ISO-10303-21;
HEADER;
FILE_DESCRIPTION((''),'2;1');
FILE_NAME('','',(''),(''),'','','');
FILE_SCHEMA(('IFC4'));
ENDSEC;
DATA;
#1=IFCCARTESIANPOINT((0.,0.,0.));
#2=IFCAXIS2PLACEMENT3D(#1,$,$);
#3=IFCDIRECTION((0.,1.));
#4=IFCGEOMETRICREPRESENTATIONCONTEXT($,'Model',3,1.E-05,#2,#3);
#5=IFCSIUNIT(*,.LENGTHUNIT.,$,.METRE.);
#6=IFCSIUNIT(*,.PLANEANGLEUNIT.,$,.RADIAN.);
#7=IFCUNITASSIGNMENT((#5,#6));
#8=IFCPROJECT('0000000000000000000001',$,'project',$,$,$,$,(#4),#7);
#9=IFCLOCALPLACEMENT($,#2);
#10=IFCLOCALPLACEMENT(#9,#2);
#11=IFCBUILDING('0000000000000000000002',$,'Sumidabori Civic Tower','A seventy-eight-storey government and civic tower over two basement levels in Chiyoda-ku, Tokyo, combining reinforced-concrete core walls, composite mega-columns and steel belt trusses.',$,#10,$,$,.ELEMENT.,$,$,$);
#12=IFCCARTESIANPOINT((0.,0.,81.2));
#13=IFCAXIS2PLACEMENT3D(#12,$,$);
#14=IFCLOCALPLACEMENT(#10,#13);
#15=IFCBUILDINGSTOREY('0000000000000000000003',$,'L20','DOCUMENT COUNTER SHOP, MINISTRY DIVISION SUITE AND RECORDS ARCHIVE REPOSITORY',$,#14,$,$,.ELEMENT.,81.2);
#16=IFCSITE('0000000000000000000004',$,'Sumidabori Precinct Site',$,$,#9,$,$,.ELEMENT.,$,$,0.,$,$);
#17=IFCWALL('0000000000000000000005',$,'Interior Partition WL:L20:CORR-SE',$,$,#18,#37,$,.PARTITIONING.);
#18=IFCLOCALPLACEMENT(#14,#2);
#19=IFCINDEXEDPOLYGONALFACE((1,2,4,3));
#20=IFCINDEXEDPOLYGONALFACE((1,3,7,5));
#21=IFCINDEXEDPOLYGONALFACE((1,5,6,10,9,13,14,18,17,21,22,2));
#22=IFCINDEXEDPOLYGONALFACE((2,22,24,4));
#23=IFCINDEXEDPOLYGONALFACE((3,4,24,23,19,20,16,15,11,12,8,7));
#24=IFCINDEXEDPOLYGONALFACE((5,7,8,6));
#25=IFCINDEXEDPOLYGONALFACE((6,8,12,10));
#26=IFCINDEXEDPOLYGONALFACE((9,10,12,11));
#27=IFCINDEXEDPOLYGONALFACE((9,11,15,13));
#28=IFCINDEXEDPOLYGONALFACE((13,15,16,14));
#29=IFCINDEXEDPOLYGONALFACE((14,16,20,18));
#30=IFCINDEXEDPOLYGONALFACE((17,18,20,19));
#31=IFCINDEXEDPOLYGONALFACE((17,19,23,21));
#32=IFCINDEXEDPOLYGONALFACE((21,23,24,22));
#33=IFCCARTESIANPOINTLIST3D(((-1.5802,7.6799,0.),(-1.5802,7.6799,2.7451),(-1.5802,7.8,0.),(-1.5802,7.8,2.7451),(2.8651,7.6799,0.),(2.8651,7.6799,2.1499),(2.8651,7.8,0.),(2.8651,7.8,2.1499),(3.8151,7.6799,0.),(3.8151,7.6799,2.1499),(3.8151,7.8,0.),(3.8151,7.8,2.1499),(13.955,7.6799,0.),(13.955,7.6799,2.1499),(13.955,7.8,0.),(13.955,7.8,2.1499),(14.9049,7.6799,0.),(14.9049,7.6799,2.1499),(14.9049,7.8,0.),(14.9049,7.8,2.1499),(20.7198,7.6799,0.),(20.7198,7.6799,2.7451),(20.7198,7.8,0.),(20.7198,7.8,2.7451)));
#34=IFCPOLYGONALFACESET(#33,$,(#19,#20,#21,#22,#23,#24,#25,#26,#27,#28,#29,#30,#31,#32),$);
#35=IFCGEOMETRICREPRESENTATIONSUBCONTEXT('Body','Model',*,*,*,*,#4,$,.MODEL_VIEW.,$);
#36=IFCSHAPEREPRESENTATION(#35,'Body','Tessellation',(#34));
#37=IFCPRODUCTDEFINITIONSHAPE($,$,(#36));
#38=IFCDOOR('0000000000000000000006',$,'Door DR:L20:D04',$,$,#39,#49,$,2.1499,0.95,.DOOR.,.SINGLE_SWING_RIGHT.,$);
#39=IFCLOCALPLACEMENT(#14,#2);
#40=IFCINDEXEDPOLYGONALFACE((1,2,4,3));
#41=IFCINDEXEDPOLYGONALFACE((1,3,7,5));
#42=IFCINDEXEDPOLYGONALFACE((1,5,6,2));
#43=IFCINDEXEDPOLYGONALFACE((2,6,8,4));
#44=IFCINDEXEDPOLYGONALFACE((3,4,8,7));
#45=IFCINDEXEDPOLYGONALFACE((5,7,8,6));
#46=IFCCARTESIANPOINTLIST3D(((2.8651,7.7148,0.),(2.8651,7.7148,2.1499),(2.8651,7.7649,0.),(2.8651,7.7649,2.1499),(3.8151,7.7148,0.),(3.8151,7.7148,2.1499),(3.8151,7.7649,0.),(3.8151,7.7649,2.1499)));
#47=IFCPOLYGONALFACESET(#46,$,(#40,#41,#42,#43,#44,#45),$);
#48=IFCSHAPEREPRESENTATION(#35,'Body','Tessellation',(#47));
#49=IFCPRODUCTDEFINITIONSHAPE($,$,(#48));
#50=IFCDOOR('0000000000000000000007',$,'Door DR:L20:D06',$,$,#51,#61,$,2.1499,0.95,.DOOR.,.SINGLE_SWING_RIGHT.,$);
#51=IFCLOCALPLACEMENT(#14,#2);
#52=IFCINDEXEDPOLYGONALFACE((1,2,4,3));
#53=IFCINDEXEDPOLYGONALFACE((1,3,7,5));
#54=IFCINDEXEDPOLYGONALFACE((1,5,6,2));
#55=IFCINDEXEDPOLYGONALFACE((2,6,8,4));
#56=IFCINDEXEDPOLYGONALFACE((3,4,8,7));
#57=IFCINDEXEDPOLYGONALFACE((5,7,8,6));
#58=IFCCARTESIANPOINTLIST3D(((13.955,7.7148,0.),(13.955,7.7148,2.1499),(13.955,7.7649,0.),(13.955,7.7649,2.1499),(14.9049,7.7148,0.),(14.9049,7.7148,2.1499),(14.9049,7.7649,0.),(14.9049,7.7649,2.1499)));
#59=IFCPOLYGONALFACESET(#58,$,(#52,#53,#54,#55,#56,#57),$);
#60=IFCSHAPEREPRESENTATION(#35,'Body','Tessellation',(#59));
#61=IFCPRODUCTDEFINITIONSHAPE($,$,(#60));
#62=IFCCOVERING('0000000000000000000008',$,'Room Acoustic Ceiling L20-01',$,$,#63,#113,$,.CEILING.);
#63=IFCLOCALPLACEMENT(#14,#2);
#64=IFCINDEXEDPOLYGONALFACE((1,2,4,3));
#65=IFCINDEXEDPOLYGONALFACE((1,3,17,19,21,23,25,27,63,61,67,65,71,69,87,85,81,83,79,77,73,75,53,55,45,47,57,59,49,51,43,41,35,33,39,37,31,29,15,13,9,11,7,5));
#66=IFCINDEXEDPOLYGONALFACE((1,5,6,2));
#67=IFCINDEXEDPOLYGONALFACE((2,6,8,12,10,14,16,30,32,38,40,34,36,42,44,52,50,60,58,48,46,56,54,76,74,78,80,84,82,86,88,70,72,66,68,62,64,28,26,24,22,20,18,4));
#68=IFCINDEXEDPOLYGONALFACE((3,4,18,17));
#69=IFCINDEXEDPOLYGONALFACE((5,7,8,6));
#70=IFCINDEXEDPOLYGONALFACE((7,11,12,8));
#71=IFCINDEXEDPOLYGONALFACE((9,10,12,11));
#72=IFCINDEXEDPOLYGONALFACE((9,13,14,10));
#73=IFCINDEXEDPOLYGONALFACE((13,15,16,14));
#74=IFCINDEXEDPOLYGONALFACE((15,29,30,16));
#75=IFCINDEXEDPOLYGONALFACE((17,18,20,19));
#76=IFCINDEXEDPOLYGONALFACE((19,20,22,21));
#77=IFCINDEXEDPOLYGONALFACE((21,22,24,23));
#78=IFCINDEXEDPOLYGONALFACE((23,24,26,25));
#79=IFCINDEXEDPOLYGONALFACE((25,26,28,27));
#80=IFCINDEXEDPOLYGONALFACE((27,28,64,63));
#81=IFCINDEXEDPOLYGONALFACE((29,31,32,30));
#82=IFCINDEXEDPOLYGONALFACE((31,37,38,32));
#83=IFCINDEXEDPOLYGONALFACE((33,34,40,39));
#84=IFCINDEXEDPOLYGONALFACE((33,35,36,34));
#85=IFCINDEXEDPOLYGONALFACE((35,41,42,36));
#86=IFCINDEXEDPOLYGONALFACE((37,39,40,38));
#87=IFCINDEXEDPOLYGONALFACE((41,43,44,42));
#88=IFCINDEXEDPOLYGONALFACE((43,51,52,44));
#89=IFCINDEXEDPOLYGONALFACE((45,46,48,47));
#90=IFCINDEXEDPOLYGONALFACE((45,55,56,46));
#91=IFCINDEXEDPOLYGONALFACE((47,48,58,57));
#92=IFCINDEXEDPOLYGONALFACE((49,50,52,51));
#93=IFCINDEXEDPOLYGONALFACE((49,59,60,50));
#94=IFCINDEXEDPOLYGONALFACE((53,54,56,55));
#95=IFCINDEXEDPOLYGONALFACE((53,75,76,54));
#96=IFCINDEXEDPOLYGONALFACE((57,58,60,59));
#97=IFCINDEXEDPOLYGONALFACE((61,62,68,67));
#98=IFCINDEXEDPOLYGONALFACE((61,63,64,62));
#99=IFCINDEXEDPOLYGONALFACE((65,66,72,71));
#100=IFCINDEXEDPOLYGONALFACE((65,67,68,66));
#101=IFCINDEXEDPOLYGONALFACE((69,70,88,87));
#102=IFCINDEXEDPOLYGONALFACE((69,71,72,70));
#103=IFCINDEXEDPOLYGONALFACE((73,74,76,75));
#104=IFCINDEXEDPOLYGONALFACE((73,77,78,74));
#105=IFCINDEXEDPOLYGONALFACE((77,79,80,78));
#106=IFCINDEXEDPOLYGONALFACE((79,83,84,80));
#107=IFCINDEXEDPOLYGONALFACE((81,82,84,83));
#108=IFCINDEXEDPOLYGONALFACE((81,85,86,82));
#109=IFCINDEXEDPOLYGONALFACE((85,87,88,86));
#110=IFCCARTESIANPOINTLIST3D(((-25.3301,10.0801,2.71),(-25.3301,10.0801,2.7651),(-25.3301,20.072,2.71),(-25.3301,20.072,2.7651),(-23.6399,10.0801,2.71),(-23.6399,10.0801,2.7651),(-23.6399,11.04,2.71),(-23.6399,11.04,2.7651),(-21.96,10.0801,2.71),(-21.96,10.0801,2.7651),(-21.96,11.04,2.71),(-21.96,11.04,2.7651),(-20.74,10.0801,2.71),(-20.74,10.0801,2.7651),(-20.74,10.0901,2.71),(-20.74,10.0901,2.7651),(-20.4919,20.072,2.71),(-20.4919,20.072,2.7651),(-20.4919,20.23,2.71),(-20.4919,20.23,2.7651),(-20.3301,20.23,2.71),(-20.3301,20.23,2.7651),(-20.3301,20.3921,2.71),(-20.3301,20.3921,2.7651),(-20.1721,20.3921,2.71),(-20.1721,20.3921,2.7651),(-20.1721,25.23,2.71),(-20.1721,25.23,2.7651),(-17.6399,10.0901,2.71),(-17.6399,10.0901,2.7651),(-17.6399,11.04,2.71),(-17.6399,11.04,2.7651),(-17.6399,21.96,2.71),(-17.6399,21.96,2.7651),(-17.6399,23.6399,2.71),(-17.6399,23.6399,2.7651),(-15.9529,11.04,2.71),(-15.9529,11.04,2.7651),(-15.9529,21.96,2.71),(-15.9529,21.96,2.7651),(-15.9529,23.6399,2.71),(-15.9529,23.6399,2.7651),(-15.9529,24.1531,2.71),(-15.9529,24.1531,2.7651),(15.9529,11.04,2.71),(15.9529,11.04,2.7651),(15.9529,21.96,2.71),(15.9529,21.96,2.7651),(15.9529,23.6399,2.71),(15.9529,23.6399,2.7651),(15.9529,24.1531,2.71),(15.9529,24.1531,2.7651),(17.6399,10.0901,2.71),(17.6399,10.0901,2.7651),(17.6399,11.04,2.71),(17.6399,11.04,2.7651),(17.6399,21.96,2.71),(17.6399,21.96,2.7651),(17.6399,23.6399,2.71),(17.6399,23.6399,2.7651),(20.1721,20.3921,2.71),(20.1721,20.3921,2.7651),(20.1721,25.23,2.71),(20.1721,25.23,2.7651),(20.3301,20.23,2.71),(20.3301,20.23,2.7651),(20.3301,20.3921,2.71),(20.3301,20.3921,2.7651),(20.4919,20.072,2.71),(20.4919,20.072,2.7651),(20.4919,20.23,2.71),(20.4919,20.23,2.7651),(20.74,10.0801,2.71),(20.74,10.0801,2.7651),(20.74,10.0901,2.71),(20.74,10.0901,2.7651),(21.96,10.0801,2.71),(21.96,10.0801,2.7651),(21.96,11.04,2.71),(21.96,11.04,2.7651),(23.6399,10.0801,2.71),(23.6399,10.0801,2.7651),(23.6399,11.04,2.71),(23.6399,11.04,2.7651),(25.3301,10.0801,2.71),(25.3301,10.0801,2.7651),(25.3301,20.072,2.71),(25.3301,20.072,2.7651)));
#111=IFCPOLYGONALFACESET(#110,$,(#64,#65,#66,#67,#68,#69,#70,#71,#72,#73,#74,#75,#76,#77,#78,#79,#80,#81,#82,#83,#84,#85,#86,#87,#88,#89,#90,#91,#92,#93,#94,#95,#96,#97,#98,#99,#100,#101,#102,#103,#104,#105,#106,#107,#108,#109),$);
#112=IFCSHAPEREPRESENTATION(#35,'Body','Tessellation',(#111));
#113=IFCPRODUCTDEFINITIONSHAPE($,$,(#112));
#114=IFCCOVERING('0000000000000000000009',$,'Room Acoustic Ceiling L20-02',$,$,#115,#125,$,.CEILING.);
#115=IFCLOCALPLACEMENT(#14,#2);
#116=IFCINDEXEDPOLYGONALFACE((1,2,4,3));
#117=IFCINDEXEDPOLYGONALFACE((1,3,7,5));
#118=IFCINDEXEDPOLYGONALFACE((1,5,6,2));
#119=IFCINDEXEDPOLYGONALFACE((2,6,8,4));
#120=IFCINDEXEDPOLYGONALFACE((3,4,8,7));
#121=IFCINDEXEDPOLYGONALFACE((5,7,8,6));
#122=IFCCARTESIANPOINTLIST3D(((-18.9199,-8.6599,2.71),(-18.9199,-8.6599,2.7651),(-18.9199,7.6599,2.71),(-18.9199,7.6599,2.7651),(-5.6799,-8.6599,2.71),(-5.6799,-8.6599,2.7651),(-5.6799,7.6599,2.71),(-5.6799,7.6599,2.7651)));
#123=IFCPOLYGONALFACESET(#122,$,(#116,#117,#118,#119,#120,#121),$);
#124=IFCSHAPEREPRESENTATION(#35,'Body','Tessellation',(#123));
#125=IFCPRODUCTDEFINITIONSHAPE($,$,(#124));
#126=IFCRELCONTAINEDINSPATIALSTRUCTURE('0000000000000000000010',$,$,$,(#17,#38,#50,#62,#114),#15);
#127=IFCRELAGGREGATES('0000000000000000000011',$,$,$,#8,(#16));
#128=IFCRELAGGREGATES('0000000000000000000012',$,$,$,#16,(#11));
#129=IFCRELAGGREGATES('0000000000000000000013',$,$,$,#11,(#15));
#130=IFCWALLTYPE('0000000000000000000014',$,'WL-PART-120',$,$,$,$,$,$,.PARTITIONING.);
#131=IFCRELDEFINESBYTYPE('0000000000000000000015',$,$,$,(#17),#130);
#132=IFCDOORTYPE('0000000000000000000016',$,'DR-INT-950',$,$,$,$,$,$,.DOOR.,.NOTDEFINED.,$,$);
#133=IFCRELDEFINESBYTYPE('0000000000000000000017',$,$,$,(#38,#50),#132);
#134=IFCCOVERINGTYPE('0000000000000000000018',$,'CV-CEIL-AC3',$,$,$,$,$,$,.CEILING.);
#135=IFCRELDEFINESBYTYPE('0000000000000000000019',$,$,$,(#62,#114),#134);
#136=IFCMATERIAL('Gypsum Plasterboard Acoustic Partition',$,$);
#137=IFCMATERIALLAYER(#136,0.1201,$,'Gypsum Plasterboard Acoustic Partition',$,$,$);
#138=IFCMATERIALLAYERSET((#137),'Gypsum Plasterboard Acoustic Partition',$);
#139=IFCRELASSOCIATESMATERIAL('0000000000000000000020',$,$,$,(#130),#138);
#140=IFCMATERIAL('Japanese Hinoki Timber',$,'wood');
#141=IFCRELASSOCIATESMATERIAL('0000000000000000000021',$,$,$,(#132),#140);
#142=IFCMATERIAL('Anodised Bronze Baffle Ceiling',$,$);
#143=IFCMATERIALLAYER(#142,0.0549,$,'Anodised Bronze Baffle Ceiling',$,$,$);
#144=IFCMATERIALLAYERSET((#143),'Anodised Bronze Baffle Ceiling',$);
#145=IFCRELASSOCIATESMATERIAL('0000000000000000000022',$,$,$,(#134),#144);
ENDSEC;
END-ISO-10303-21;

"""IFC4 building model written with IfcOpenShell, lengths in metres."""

from ifc_helpers import new_model, si_unit, direction, frame, frame_2d, origin, place, context, subcontext, project, spatial, polyline, rectangle, outline, extrude, source, transform, mapped, material, layer, layer_set, type_object, element, fill, save


model = new_model("IFC4")

# Units and contexts
model_context = context("Model", 3, precision=1e-05, world=origin(), true_north=direction((0.0, 1.0)))
body_context = subcontext(model_context, "Body", "Model", "MODEL_VIEW")
ifc_project = project(units=[si_unit("LENGTHUNIT", "METRE"), si_unit("PLANEANGLEUNIT", "RADIAN")], contexts=[model_context])

# Site, building, storey
site_placement = place(None, origin())
site = spatial("IfcSite", under=ifc_project, at=site_placement, Name="Sumidabori Precinct Site", CompositionType="ELEMENT", RefElevation=0.0)
building_placement = place(site_placement, origin())
building = spatial("IfcBuilding", under=site, at=building_placement, Name="Sumidabori Civic Tower", Description="A seventy-eight-storey government and civic tower over two basement levels in Chiyoda-ku, Tokyo, combining reinforced-concrete core walls, composite mega-columns and steel belt trusses.", CompositionType="ELEMENT")
storey_placement = place(building_placement, frame((0.0, 0.0, 81.2)))
storey = spatial("IfcBuildingStorey", under=building, at=storey_placement, Name="L20", Description="DOCUMENT COUNTER SHOP, MINISTRY DIVISION SUITE AND RECORDS ARCHIVE REPOSITORY", CompositionType="ELEMENT", Elevation=81.2)

# Shared definitions
ifc_material_1 = material(Name="Gypsum Plasterboard Acoustic Partition")

# Wall, openings, doors
ifc_layer_1 = layer(ifc_material_1, 0.1201, Name="Gypsum Plasterboard Acoustic Partition")
ifc_layer_set_1 = layer_set([ifc_layer_1], Name="Gypsum Plasterboard Acoustic Partition")
wall_type_1 = type_object("IfcWallType", Name="WL-PART-120", PredefinedType="PARTITIONING", material=ifc_layer_set_1)
shared_shape_1 = source(origin(), body_context, "Body", "SweptSolid", [
    extrude(rectangle(XDim=22.3, YDim=0.1201, at=frame_2d((11.1499, 0.0))), origin(), (0.0, 0.0, 1.0), 2.7451),
])
wall_1_placement = place(storey_placement, frame((-1.5801, 7.74, 0.0), z_axis=(0.0, 0.0, 1.0), x_axis=(1.0, 0.0, 0.0)))
wall_1 = element("IfcWall", 1, at=wall_1_placement, inside=storey, type_object=wall_type_1, Name="Interior Partition WL:L20:CORR-SE", PredefinedType="PARTITIONING", context=body_context, shape_type="MappedRepresentation", body=[
    mapped(shared_shape_1, transform((0.0, 0.0, 0.0), x_axis=(1.0, 0.0, 0.0), y_axis=(0.0, 1.0, 0.0), z_axis=(0.0, 0.0, 1.0), scale=1.0)),
])
opening_1_placement = place(wall_1_placement, frame((4.4451, 0.0, 0.0)))
opening_1 = element("IfcOpeningElement", 2, at=opening_1_placement, cuts=wall_1, PredefinedType="OPENING", context=body_context, shape_type="SweptSolid", body=[
    extrude(rectangle(XDim=0.95, YDim=2.1499, at=frame_2d((0.4751, 1.075))), frame((0.0, 0.072, 0.0), z_axis=(0.0, -1.0, 0.0), x_axis=(1.0, 0.0, 0.0)), (0.0, 0.0, 1.0), 0.144),
])
opening_2_placement = place(wall_1_placement, frame((15.5349, 0.0, 0.0)))
opening_2 = element("IfcOpeningElement", 3, at=opening_2_placement, cuts=wall_1, PredefinedType="OPENING", context=body_context, shape_type="SweptSolid", body=[
    extrude(rectangle(XDim=0.95, YDim=2.1499, at=frame_2d((0.4751, 1.075))), frame((0.0, 0.072, 0.0), z_axis=(0.0, -1.0, 0.0), x_axis=(1.0, 0.0, 0.0)), (0.0, 0.0, 1.0), 0.144),
])
ifc_material_2 = material(Name="Japanese Hinoki Timber", Category="wood")
door_type_1 = type_object("IfcDoorType", Name="DR-INT-950", OperationType="NOTDEFINED", PredefinedType="DOOR", material=ifc_material_2)
shared_shape_2 = source(origin(), body_context, "Body", "SweptSolid", [
    extrude(rectangle(XDim=0.95, YDim=2.1499, at=frame_2d((0.4751, 1.075))), frame((0.0, 0.0249, 0.0), z_axis=(0.0, -1.0, 0.0), x_axis=(1.0, 0.0, 0.0)), (0.0, 0.0, 1.0), 0.05),
])
door_1_placement = place(opening_1_placement, origin())
door_1 = element("IfcDoor", 4, at=door_1_placement, inside=storey, type_object=door_type_1, Name="Door DR:L20:D04", OperationType="SINGLE_SWING_RIGHT", OverallHeight=2.1499, OverallWidth=0.95, PredefinedType="DOOR", context=body_context, shape_type="MappedRepresentation", body=[
    mapped(shared_shape_2, transform((0.0, 0.0, 0.0), x_axis=(1.0, 0.0, 0.0), y_axis=(0.0, 1.0, 0.0), z_axis=(0.0, 0.0, 1.0), scale=1.0)),
])
fill(opening_1, door_1)
door_2_placement = place(opening_2_placement, origin())
door_2 = element("IfcDoor", 5, at=door_2_placement, inside=storey, type_object=door_type_1, Name="Door DR:L20:D06", OperationType="SINGLE_SWING_RIGHT", OverallHeight=2.1499, OverallWidth=0.95, PredefinedType="DOOR", context=body_context, shape_type="MappedRepresentation", body=[
    mapped(shared_shape_2, transform((0.0, 0.0, 0.0), x_axis=(1.0, 0.0, 0.0), y_axis=(0.0, 1.0, 0.0), z_axis=(0.0, 0.0, 1.0), scale=1.0)),
])
fill(opening_2, door_2)

# Coverings
ifc_material_3 = material(Name="Anodised Bronze Baffle Ceiling")
ifc_layer_2 = layer(ifc_material_3, 0.0549, Name="Anodised Bronze Baffle Ceiling")
ifc_layer_set_2 = layer_set([ifc_layer_2], Name="Anodised Bronze Baffle Ceiling")
covering_type_1 = type_object("IfcCoveringType", Name="CV-CEIL-AC3", PredefinedType="CEILING", material=ifc_layer_set_2)
covering_1_placement = place(storey_placement, frame((0.0, 0.0, 2.71)))
element("IfcCovering", 6, at=covering_1_placement, inside=storey, type_object=covering_type_1, Name="Room Acoustic Ceiling L20-01", PredefinedType="CEILING", context=body_context, shape_type="SweptSolid", body=[
    extrude(outline(polyline([(-25.3301, 10.0801), (-25.3301, 20.072), (-20.4919, 20.072), (-20.4919, 20.23), (-20.3301, 20.23), (-20.3301, 20.3921), (-20.1721, 20.3921), (-20.1721, 25.23), (20.1721, 25.23), (20.1721, 20.3921), (20.3301, 20.3921), (20.3301, 20.23), (20.4919, 20.23), (20.4919, 20.072), (25.3301, 20.072), (25.3301, 10.0801), (23.6399, 10.0801), (23.6399, 11.04), (21.96, 11.04), (21.96, 10.0801), (20.74, 10.0801), (20.74, 10.0901), (17.6399, 10.0901), (17.6399, 11.04), (15.9529, 11.04), (15.9529, 21.96), (17.6399, 21.96), (17.6399, 23.6399), (15.9529, 23.6399), (15.9529, 24.1531), (-15.9529, 24.1531), (-15.9529, 23.6399), (-17.6399, 23.6399), (-17.6399, 21.96), (-15.9529, 21.96), (-15.9529, 11.04), (-17.6399, 11.04), (-17.6399, 10.0901), (-20.74, 10.0901), (-20.74, 10.0801), (-21.96, 10.0801), (-21.96, 11.04), (-23.6399, 11.04), (-23.6399, 10.0801), (-25.3301, 10.0801)])), origin(), (0.0, 0.0, 1.0), 0.0552),
])
covering_2_placement = place(storey_placement, frame((0.0, 0.0, 2.71)))
element("IfcCovering", 7, at=covering_2_placement, inside=storey, type_object=covering_type_1, Name="Room Acoustic Ceiling L20-02", PredefinedType="CEILING", context=body_context, shape_type="SweptSolid", body=[
    extrude(outline(polyline([(-18.9199, 7.6599), (-5.6799, 7.6599), (-5.6799, -8.6599), (-18.9199, -8.6599), (-18.9199, 7.6599)])), origin(), (0.0, 0.0, 1.0), 0.0552),
])

save(model, "model.ifc")
